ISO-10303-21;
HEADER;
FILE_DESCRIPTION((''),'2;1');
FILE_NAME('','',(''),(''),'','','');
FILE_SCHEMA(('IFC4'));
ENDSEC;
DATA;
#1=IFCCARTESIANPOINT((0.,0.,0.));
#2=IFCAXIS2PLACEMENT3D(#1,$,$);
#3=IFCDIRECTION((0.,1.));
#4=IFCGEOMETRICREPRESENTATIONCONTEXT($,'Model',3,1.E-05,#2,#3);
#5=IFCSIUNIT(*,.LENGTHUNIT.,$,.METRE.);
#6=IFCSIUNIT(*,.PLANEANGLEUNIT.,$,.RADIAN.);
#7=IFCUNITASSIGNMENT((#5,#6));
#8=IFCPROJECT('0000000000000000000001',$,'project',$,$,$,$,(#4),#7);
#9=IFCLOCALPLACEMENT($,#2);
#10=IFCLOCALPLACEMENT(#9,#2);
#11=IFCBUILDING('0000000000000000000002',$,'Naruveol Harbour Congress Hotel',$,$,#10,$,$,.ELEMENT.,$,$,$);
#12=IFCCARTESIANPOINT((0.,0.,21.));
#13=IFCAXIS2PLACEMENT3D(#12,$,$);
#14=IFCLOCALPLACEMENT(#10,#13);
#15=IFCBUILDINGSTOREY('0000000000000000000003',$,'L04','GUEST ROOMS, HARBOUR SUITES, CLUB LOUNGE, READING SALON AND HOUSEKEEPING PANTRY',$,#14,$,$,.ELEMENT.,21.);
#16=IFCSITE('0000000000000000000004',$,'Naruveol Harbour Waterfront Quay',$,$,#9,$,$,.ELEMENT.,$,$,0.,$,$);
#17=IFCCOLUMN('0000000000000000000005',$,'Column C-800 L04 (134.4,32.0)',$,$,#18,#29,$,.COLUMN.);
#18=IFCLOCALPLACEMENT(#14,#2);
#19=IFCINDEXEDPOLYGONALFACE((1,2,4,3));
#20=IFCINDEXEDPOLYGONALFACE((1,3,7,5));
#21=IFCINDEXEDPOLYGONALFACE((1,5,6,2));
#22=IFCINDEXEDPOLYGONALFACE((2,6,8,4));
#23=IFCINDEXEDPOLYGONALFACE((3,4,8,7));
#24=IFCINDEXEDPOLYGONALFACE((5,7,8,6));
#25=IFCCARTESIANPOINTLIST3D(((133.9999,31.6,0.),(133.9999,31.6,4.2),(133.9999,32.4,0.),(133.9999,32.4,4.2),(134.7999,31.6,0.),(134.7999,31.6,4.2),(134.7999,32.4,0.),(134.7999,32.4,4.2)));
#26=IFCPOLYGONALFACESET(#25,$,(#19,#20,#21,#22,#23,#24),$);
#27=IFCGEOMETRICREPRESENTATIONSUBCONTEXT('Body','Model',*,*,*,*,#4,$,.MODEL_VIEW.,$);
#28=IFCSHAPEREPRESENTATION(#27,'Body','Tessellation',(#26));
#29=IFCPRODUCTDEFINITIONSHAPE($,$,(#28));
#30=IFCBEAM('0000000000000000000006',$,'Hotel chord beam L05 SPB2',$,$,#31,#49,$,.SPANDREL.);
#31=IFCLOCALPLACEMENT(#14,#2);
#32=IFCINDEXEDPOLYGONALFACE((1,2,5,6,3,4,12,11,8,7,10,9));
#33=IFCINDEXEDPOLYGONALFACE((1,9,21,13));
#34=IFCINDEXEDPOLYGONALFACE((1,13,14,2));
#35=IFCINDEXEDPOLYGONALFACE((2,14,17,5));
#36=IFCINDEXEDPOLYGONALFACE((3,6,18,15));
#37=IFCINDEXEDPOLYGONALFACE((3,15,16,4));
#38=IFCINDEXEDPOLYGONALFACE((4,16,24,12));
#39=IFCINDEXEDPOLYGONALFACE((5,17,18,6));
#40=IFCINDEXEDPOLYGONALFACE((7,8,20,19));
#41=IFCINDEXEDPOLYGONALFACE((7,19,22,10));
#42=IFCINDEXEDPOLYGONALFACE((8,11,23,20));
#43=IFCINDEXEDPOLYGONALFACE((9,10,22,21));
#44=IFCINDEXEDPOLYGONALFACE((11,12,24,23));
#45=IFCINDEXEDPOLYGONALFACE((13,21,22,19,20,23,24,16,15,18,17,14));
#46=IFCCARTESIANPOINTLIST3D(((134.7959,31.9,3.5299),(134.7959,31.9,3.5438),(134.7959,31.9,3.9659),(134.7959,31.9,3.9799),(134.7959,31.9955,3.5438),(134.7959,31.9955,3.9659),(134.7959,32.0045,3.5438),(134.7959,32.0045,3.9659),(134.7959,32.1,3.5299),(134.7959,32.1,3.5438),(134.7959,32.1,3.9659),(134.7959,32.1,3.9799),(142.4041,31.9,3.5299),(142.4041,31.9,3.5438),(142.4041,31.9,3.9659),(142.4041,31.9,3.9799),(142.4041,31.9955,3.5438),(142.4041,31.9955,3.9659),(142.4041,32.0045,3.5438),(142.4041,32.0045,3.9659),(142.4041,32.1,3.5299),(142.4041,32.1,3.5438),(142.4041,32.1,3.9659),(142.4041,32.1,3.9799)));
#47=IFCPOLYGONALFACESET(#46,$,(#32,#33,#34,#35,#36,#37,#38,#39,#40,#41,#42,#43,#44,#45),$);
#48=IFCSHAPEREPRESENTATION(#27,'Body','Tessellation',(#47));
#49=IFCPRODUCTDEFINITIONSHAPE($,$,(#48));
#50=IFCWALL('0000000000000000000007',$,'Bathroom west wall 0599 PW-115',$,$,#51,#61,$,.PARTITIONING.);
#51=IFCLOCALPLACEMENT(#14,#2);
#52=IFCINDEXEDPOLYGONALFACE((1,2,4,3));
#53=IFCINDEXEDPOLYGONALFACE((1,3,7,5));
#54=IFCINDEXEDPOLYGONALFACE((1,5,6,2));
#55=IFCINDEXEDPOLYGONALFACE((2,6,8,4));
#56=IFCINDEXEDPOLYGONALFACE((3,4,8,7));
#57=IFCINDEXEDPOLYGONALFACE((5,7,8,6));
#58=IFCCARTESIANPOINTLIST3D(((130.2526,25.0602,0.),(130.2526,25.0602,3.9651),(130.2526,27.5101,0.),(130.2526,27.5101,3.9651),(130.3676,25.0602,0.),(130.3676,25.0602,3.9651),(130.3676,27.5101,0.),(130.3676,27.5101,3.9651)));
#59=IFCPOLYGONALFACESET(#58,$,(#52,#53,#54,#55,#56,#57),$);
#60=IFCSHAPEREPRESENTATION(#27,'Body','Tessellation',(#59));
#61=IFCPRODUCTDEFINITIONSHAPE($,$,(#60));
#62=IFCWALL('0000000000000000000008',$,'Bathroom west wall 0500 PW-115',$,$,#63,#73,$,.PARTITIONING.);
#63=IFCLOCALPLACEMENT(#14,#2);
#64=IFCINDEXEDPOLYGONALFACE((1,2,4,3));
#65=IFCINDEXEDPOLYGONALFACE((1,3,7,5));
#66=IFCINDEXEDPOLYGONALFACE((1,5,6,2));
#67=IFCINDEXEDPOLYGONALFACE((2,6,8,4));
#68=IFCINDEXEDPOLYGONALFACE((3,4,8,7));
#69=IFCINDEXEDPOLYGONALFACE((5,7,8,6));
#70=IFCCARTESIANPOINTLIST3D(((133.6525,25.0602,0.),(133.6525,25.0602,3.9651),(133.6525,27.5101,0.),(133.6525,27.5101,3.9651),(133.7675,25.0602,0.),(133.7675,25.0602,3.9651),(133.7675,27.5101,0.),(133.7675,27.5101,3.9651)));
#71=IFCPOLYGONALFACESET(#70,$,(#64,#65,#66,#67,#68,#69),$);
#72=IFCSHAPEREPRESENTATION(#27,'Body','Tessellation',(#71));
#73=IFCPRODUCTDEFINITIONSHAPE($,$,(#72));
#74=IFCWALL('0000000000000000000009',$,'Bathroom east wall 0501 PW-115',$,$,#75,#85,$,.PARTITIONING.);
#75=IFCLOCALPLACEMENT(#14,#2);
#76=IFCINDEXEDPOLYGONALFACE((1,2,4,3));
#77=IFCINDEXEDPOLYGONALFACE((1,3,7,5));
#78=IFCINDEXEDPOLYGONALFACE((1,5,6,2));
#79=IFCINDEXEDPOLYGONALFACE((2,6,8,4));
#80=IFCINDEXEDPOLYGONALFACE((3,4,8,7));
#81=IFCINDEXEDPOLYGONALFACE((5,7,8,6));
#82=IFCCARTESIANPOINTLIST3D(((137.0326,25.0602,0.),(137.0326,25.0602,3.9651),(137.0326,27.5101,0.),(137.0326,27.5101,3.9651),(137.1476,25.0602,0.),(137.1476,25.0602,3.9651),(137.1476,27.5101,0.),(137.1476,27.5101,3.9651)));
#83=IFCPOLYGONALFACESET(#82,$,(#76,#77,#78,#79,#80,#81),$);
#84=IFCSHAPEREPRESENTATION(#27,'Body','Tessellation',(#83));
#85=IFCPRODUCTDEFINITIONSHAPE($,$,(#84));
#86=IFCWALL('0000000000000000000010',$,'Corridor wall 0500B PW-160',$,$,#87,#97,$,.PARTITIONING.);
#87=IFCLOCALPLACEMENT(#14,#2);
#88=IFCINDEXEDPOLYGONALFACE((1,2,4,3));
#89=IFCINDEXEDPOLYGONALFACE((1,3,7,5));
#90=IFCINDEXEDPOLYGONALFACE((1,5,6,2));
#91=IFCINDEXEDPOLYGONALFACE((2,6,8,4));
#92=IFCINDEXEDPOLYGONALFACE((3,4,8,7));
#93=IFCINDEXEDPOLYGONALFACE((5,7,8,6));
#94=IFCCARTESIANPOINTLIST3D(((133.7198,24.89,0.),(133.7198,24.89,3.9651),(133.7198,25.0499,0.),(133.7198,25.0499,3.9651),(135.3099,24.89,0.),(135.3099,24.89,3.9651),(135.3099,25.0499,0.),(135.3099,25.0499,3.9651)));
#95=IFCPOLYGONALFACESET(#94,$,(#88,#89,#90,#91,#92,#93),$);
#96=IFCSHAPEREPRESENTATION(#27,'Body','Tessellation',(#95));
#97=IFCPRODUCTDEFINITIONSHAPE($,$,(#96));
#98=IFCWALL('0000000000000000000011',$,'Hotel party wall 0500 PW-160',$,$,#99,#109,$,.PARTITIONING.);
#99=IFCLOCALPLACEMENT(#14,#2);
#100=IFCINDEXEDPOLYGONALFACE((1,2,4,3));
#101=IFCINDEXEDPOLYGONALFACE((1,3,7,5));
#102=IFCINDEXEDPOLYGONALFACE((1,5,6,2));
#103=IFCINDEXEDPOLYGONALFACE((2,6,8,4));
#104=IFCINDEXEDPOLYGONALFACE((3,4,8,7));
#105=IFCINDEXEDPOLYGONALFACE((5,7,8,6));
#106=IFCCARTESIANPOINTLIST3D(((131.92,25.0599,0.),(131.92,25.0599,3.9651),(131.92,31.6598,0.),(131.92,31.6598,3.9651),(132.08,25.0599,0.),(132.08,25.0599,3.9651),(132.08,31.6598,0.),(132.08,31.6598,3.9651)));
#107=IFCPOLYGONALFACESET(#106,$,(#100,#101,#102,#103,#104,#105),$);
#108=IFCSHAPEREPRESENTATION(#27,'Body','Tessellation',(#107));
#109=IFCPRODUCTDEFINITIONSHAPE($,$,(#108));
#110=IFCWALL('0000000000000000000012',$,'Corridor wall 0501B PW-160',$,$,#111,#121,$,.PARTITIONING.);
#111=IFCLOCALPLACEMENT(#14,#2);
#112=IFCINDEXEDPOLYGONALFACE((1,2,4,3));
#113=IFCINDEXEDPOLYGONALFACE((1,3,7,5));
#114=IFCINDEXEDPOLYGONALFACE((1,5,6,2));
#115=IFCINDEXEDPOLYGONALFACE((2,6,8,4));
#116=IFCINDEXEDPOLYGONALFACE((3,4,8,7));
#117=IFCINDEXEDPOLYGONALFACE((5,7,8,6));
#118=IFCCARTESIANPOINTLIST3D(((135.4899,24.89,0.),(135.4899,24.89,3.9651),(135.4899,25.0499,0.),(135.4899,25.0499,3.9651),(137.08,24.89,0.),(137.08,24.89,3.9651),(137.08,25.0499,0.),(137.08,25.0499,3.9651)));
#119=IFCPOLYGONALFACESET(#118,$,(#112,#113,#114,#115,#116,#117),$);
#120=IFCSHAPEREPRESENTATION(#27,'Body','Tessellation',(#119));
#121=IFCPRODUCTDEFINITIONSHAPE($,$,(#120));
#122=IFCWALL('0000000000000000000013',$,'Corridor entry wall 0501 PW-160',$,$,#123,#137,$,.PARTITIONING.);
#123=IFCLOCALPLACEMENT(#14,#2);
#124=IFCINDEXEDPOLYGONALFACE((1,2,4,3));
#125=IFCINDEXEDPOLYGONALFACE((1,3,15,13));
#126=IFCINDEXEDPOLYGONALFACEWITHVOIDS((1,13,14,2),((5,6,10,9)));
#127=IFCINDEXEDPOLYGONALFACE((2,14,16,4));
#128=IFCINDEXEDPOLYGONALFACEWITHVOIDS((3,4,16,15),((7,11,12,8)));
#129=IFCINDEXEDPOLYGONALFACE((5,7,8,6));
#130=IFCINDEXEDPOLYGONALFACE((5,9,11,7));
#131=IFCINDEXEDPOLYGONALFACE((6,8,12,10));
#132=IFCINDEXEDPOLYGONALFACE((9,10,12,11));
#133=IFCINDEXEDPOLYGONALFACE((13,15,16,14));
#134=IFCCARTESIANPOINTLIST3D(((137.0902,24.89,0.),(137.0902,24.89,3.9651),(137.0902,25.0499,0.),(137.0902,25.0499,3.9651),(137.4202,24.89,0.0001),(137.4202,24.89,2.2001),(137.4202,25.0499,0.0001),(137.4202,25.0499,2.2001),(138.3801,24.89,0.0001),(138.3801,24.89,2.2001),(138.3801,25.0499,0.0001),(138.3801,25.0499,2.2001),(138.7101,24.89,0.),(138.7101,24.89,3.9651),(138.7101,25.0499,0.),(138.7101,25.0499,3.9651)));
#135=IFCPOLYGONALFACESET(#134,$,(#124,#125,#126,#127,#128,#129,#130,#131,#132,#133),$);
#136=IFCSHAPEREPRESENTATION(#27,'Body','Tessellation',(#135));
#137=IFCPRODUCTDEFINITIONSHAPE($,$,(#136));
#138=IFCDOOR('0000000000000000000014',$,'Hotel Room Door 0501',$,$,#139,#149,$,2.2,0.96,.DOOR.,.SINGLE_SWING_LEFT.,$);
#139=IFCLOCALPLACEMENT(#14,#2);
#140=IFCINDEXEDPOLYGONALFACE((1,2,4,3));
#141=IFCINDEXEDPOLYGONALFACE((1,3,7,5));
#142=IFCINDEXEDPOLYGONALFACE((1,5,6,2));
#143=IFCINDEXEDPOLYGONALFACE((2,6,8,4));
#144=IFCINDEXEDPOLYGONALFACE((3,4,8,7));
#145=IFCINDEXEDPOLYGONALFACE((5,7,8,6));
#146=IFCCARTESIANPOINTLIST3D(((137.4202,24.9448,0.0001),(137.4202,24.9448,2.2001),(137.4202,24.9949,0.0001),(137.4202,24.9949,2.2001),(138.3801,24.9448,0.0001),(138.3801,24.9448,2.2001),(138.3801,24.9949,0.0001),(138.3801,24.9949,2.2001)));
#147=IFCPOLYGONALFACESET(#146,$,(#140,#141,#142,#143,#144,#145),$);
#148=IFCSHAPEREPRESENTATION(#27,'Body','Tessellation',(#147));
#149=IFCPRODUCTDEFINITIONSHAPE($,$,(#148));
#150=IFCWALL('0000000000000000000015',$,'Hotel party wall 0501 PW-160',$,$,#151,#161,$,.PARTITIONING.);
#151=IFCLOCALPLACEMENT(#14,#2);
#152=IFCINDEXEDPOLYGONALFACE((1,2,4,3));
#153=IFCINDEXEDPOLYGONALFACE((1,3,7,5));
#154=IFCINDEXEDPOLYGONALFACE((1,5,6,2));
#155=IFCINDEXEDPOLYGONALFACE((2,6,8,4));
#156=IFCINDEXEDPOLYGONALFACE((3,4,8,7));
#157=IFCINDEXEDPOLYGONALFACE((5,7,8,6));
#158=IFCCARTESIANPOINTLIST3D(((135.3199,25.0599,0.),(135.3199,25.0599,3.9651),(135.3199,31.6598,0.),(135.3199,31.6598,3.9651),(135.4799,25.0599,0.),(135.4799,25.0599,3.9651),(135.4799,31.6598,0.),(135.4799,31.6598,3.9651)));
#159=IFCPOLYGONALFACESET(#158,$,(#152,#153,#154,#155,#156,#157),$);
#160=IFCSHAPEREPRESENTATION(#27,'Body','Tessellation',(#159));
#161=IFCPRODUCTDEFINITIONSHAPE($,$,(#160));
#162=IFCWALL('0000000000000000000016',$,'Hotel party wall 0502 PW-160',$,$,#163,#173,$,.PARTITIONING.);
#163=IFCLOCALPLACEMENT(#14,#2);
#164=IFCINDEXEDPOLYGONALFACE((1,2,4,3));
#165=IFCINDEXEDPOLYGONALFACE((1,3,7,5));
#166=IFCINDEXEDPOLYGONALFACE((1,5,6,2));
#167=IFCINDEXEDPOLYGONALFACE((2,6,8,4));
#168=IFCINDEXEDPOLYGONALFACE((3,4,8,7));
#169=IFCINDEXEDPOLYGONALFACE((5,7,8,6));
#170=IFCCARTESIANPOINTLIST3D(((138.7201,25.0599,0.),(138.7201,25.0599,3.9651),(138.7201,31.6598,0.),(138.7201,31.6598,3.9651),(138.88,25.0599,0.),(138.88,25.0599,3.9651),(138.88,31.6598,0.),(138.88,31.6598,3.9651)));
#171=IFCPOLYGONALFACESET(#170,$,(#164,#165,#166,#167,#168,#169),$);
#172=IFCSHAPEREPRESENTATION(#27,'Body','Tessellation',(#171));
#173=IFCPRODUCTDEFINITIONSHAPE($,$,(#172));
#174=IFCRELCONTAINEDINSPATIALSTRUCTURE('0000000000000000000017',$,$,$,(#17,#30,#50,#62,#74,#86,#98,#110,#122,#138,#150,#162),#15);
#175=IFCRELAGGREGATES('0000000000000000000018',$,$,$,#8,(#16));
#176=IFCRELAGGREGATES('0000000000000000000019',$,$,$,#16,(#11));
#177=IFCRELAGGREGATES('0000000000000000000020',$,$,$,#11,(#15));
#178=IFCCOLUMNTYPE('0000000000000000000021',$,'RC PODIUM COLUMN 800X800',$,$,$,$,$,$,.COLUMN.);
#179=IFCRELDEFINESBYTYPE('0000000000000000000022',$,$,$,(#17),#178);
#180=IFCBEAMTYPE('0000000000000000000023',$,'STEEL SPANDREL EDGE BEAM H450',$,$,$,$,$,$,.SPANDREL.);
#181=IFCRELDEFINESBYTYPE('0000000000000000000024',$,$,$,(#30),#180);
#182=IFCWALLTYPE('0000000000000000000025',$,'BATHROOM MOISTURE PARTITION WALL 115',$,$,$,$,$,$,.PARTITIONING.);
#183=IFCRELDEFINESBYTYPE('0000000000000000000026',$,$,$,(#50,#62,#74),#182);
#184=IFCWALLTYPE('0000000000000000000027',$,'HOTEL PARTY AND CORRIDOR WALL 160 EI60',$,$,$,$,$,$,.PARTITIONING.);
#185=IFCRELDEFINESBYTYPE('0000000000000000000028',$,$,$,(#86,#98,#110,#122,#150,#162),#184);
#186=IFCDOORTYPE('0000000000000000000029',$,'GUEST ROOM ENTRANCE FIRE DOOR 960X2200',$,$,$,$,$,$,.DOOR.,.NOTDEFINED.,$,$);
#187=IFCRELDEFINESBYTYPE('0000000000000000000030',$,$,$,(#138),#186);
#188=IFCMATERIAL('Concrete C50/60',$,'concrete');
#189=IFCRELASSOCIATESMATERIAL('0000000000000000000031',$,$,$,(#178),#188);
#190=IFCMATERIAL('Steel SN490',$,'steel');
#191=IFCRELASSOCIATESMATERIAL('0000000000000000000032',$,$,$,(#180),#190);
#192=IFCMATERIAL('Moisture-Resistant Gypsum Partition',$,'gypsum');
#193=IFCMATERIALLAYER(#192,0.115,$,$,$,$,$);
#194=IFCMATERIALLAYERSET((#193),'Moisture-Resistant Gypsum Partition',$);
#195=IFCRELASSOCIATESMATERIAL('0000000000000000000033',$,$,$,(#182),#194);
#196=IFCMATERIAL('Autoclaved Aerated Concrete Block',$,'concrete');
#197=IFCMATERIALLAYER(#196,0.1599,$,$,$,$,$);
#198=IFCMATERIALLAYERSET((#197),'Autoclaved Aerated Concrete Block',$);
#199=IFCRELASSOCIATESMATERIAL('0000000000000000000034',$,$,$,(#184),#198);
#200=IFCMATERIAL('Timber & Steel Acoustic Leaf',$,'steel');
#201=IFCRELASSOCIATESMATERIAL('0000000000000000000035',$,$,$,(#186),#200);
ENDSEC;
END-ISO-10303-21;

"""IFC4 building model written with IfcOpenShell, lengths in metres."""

from ifc_helpers import new_model, si_unit, direction, frame, frame_2d, origin, origin_2d, place, context, subcontext, project, spatial, rectangle, i_section, extrude, material, layer, layer_set, material_profile, profile_set, type_object, element, fill, save


model = new_model("IFC4")

# Units and contexts
model_context = context("Model", 3, precision=1e-05, world=origin(), true_north=direction((0.0, 1.0)))
body_context = subcontext(model_context, "Body", "Model", "MODEL_VIEW")
ifc_project = project(units=[si_unit("LENGTHUNIT", "METRE"), si_unit("PLANEANGLEUNIT", "RADIAN")], contexts=[model_context])

# Site, building, storey
site_placement = place(None, origin())
site = spatial("IfcSite", under=ifc_project, at=site_placement, Name="Naruveol Harbour Waterfront Quay", CompositionType="ELEMENT", RefElevation=0.0)
building_placement = place(site_placement, origin())
building = spatial("IfcBuilding", under=site, at=building_placement, Name="Naruveol Harbour Congress Hotel", CompositionType="ELEMENT")
storey_placement = place(building_placement, frame((0.0, 0.0, 21.0)))
storey = spatial("IfcBuildingStorey", under=building, at=storey_placement, Name="L04", Description="GUEST ROOMS, HARBOUR SUITES, CLUB LOUNGE, READING SALON AND HOUSEKEEPING PANTRY", CompositionType="ELEMENT", Elevation=21.0)

# Column
ifc_material_1 = material(Name="Concrete C50/60", Category="concrete")
ifc_material_profile_1 = material_profile(ifc_material_1, rectangle(XDim=0.8, YDim=0.8, at=origin_2d()), Name="RC-800x800")
ifc_profile_set_1 = profile_set([ifc_material_profile_1], Name="Concrete C50/60")
column_type = type_object("IfcColumnType", Name="RC PODIUM COLUMN 800X800", PredefinedType="COLUMN", material=ifc_profile_set_1)
column_placement = place(storey_placement, frame((134.3999, 32.0, 0.0), z_axis=(0.0, 0.0, 1.0), x_axis=(1.0, 0.0, 0.0)))
element("IfcColumn", 1, at=column_placement, inside=storey, type_object=column_type, Name="Column C-800 L04 (134.4,32.0)", PredefinedType="COLUMN", context=body_context, shape_type="SweptSolid", body=[
    extrude(rectangle(XDim=0.8, YDim=0.8, at=origin_2d()), origin(), (0.0, 0.0, 1.0), 4.2),
])

# Beam
ifc_material_2 = material(Name="Steel SN490", Category="steel")
ifc_material_profile_2 = material_profile(ifc_material_2, i_section(OverallWidth=0.2, OverallDepth=0.45, WebThickness=0.009, FlangeThickness=0.0139, at=origin_2d()), Name="H-450x200x9x14")
ifc_profile_set_2 = profile_set([ifc_material_profile_2], Name="Steel SN490")
beam_type = type_object("IfcBeamType", Name="STEEL SPANDREL EDGE BEAM H450", PredefinedType="SPANDREL", material=ifc_profile_set_2)
beam_placement = place(storey_placement, frame((134.7959, 32.0, 3.7549), z_axis=(1.0, 0.0, 0.0), x_axis=(0.0, 1.0, 0.0)))
element("IfcBeam", 2, at=beam_placement, inside=storey, type_object=beam_type, Name="Hotel chord beam L05 SPB2", PredefinedType="SPANDREL", context=body_context, shape_type="SweptSolid", body=[
    extrude(i_section(OverallWidth=0.2, OverallDepth=0.45, WebThickness=0.009, FlangeThickness=0.0139, at=origin_2d()), origin(), (0.0, 0.0, 1.0), 7.6082),
])

# Wall
ifc_material_3 = material(Name="Moisture-Resistant Gypsum Partition", Category="gypsum")
ifc_layer_1 = layer(ifc_material_3, 0.115)
ifc_layer_set_1 = layer_set([ifc_layer_1], Name="Moisture-Resistant Gypsum Partition")
wall_type_1 = type_object("IfcWallType", Name="BATHROOM MOISTURE PARTITION WALL 115", PredefinedType="PARTITIONING", material=ifc_layer_set_1)
wall_1_placement = place(storey_placement, frame((130.3101, 25.0601, 0.0), z_axis=(0.0, 0.0, 1.0), x_axis=(0.0, 1.0, 0.0)))
element("IfcWall", 3, at=wall_1_placement, inside=storey, type_object=wall_type_1, Name="Bathroom west wall 0599 PW-115", PredefinedType="PARTITIONING", context=body_context, shape_type="SweptSolid", body=[
    extrude(rectangle(XDim=2.45, YDim=0.115, at=frame_2d((1.2251, 0.0))), origin(), (0.0, 0.0, 1.0), 3.9651),
])

# Wall
wall_2_placement = place(storey_placement, frame((133.71, 25.0601, 0.0), z_axis=(0.0, 0.0, 1.0), x_axis=(0.0, 1.0, 0.0)))
element("IfcWall", 4, at=wall_2_placement, inside=storey, type_object=wall_type_1, Name="Bathroom west wall 0500 PW-115", PredefinedType="PARTITIONING", context=body_context, shape_type="SweptSolid", body=[
    extrude(rectangle(XDim=2.45, YDim=0.115, at=frame_2d((1.2251, 0.0))), origin(), (0.0, 0.0, 1.0), 3.9651),
])

# Wall
wall_3_placement = place(storey_placement, frame((137.0901, 25.0601, 0.0), z_axis=(0.0, 0.0, 1.0), x_axis=(0.0, 1.0, 0.0)))
element("IfcWall", 5, at=wall_3_placement, inside=storey, type_object=wall_type_1, Name="Bathroom east wall 0501 PW-115", PredefinedType="PARTITIONING", context=body_context, shape_type="SweptSolid", body=[
    extrude(rectangle(XDim=2.45, YDim=0.115, at=frame_2d((1.2251, 0.0))), origin(), (0.0, 0.0, 1.0), 3.9651),
])

# Walls
ifc_material_4 = material(Name="Autoclaved Aerated Concrete Block", Category="concrete")
ifc_layer_2 = layer(ifc_material_4, 0.1599)
ifc_layer_set_2 = layer_set([ifc_layer_2], Name="Autoclaved Aerated Concrete Block")
wall_type_2 = type_object("IfcWallType", Name="HOTEL PARTY AND CORRIDOR WALL 160 EI60", PredefinedType="PARTITIONING", material=ifc_layer_set_2)
wall_4_placement = place(storey_placement, frame((133.72, 24.97, 0.0), z_axis=(0.0, 0.0, 1.0), x_axis=(1.0, 0.0, 0.0)))
element("IfcWall", 6, at=wall_4_placement, inside=storey, type_object=wall_type_2, Name="Corridor wall 0500B PW-160", PredefinedType="PARTITIONING", context=body_context, shape_type="SweptSolid", body=[
    extrude(rectangle(XDim=1.5901, YDim=0.1599, at=frame_2d((0.7949, 0.0))), origin(), (0.0, 0.0, 1.0), 3.9651),
])
wall_5_placement = place(storey_placement, frame((132.0, 25.0601, 0.0), z_axis=(0.0, 0.0, 1.0), x_axis=(0.0, 1.0, 0.0)))
element("IfcWall", 7, at=wall_5_placement, inside=storey, type_object=wall_type_2, Name="Hotel party wall 0500 PW-160", PredefinedType="PARTITIONING", context=body_context, shape_type="SweptSolid", body=[
    extrude(rectangle(XDim=6.5999, YDim=0.1599, at=frame_2d((3.2998, 0.0))), origin(), (0.0, 0.0, 1.0), 3.9651),
])
wall_6_placement = place(storey_placement, frame((135.49, 24.97, 0.0), z_axis=(0.0, 0.0, 1.0), x_axis=(1.0, 0.0, 0.0)))
element("IfcWall", 8, at=wall_6_placement, inside=storey, type_object=wall_type_2, Name="Corridor wall 0501B PW-160", PredefinedType="PARTITIONING", context=body_context, shape_type="SweptSolid", body=[
    extrude(rectangle(XDim=1.5901, YDim=0.1599, at=frame_2d((0.7949, 0.0))), origin(), (0.0, 0.0, 1.0), 3.9651),
])

# Wall, opening, door
wall_7_placement = place(storey_placement, frame((137.0901, 24.97, 0.0), z_axis=(0.0, 0.0, 1.0), x_axis=(1.0, 0.0, 0.0)))
wall_7 = element("IfcWall", 9, at=wall_7_placement, inside=storey, type_object=wall_type_2, Name="Corridor entry wall 0501 PW-160", PredefinedType="PARTITIONING", context=body_context, shape_type="SweptSolid", body=[
    extrude(rectangle(XDim=1.6199, YDim=0.1599, at=frame_2d((0.8101, 0.0))), origin(), (0.0, 0.0, 1.0), 3.9651),
])
opening_1_placement = place(wall_7_placement, frame((0.3301, 0.0, 0.0)))
opening_1 = element("IfcOpeningElement", 10, at=opening_1_placement, cuts=wall_7, PredefinedType="OPENING", context=body_context, shape_type="SweptSolid", body=[
    extrude(rectangle(XDim=0.96, YDim=2.2, at=frame_2d((0.48, 1.1001))), frame((0.0, 0.0898, 0.0), z_axis=(0.0, -1.0, 0.0), x_axis=(1.0, 0.0, 0.0)), (0.0, 0.0, 1.0), 0.1799),
])
ifc_material_5 = material(Name="Timber & Steel Acoustic Leaf", Category="steel")
door_type_1 = type_object("IfcDoorType", Name="GUEST ROOM ENTRANCE FIRE DOOR 960X2200", OperationType="NOTDEFINED", PredefinedType="DOOR", material=ifc_material_5)
door_1_placement = place(opening_1_placement, origin())
door_1 = element("IfcDoor", 11, at=door_1_placement, inside=storey, type_object=door_type_1, Name="Hotel Room Door 0501", OperationType="SINGLE_SWING_LEFT", OverallHeight=2.2, OverallWidth=0.96, PredefinedType="DOOR", context=body_context, shape_type="SweptSolid", body=[
    extrude(rectangle(XDim=0.96, YDim=2.2, at=frame_2d((0.48, 1.1001))), frame((0.0, 0.0249, 0.0), z_axis=(0.0, -1.0, 0.0), x_axis=(1.0, 0.0, 0.0)), (0.0, 0.0, 1.0), 0.05),
])
fill(opening_1, door_1)

# Walls
for number, where, z_axis, x_axis, name in (
    (12, (135.3999, 25.0601, 0.0), (0.0, 0.0, 1.0), (0.0, 1.0, 0.0), "Hotel party wall 0501 PW-160"),
    (13, (138.8, 25.0601, 0.0), (0.0, 0.0, 1.0), (0.0, 1.0, 0.0), "Hotel party wall 0502 PW-160"),
):
    element("IfcWall", number, at=place(storey_placement, frame(where, z_axis=z_axis, x_axis=x_axis)), inside=storey, type_object=wall_type_2, Name=name, PredefinedType="PARTITIONING", context=body_context, shape_type="SweptSolid", body=[
        extrude(rectangle(XDim=6.5999, YDim=0.1599, at=frame_2d((3.2998, 0.0))), origin(), (0.0, 0.0, 1.0), 3.9651),
    ])

save(model, "model.ifc")
